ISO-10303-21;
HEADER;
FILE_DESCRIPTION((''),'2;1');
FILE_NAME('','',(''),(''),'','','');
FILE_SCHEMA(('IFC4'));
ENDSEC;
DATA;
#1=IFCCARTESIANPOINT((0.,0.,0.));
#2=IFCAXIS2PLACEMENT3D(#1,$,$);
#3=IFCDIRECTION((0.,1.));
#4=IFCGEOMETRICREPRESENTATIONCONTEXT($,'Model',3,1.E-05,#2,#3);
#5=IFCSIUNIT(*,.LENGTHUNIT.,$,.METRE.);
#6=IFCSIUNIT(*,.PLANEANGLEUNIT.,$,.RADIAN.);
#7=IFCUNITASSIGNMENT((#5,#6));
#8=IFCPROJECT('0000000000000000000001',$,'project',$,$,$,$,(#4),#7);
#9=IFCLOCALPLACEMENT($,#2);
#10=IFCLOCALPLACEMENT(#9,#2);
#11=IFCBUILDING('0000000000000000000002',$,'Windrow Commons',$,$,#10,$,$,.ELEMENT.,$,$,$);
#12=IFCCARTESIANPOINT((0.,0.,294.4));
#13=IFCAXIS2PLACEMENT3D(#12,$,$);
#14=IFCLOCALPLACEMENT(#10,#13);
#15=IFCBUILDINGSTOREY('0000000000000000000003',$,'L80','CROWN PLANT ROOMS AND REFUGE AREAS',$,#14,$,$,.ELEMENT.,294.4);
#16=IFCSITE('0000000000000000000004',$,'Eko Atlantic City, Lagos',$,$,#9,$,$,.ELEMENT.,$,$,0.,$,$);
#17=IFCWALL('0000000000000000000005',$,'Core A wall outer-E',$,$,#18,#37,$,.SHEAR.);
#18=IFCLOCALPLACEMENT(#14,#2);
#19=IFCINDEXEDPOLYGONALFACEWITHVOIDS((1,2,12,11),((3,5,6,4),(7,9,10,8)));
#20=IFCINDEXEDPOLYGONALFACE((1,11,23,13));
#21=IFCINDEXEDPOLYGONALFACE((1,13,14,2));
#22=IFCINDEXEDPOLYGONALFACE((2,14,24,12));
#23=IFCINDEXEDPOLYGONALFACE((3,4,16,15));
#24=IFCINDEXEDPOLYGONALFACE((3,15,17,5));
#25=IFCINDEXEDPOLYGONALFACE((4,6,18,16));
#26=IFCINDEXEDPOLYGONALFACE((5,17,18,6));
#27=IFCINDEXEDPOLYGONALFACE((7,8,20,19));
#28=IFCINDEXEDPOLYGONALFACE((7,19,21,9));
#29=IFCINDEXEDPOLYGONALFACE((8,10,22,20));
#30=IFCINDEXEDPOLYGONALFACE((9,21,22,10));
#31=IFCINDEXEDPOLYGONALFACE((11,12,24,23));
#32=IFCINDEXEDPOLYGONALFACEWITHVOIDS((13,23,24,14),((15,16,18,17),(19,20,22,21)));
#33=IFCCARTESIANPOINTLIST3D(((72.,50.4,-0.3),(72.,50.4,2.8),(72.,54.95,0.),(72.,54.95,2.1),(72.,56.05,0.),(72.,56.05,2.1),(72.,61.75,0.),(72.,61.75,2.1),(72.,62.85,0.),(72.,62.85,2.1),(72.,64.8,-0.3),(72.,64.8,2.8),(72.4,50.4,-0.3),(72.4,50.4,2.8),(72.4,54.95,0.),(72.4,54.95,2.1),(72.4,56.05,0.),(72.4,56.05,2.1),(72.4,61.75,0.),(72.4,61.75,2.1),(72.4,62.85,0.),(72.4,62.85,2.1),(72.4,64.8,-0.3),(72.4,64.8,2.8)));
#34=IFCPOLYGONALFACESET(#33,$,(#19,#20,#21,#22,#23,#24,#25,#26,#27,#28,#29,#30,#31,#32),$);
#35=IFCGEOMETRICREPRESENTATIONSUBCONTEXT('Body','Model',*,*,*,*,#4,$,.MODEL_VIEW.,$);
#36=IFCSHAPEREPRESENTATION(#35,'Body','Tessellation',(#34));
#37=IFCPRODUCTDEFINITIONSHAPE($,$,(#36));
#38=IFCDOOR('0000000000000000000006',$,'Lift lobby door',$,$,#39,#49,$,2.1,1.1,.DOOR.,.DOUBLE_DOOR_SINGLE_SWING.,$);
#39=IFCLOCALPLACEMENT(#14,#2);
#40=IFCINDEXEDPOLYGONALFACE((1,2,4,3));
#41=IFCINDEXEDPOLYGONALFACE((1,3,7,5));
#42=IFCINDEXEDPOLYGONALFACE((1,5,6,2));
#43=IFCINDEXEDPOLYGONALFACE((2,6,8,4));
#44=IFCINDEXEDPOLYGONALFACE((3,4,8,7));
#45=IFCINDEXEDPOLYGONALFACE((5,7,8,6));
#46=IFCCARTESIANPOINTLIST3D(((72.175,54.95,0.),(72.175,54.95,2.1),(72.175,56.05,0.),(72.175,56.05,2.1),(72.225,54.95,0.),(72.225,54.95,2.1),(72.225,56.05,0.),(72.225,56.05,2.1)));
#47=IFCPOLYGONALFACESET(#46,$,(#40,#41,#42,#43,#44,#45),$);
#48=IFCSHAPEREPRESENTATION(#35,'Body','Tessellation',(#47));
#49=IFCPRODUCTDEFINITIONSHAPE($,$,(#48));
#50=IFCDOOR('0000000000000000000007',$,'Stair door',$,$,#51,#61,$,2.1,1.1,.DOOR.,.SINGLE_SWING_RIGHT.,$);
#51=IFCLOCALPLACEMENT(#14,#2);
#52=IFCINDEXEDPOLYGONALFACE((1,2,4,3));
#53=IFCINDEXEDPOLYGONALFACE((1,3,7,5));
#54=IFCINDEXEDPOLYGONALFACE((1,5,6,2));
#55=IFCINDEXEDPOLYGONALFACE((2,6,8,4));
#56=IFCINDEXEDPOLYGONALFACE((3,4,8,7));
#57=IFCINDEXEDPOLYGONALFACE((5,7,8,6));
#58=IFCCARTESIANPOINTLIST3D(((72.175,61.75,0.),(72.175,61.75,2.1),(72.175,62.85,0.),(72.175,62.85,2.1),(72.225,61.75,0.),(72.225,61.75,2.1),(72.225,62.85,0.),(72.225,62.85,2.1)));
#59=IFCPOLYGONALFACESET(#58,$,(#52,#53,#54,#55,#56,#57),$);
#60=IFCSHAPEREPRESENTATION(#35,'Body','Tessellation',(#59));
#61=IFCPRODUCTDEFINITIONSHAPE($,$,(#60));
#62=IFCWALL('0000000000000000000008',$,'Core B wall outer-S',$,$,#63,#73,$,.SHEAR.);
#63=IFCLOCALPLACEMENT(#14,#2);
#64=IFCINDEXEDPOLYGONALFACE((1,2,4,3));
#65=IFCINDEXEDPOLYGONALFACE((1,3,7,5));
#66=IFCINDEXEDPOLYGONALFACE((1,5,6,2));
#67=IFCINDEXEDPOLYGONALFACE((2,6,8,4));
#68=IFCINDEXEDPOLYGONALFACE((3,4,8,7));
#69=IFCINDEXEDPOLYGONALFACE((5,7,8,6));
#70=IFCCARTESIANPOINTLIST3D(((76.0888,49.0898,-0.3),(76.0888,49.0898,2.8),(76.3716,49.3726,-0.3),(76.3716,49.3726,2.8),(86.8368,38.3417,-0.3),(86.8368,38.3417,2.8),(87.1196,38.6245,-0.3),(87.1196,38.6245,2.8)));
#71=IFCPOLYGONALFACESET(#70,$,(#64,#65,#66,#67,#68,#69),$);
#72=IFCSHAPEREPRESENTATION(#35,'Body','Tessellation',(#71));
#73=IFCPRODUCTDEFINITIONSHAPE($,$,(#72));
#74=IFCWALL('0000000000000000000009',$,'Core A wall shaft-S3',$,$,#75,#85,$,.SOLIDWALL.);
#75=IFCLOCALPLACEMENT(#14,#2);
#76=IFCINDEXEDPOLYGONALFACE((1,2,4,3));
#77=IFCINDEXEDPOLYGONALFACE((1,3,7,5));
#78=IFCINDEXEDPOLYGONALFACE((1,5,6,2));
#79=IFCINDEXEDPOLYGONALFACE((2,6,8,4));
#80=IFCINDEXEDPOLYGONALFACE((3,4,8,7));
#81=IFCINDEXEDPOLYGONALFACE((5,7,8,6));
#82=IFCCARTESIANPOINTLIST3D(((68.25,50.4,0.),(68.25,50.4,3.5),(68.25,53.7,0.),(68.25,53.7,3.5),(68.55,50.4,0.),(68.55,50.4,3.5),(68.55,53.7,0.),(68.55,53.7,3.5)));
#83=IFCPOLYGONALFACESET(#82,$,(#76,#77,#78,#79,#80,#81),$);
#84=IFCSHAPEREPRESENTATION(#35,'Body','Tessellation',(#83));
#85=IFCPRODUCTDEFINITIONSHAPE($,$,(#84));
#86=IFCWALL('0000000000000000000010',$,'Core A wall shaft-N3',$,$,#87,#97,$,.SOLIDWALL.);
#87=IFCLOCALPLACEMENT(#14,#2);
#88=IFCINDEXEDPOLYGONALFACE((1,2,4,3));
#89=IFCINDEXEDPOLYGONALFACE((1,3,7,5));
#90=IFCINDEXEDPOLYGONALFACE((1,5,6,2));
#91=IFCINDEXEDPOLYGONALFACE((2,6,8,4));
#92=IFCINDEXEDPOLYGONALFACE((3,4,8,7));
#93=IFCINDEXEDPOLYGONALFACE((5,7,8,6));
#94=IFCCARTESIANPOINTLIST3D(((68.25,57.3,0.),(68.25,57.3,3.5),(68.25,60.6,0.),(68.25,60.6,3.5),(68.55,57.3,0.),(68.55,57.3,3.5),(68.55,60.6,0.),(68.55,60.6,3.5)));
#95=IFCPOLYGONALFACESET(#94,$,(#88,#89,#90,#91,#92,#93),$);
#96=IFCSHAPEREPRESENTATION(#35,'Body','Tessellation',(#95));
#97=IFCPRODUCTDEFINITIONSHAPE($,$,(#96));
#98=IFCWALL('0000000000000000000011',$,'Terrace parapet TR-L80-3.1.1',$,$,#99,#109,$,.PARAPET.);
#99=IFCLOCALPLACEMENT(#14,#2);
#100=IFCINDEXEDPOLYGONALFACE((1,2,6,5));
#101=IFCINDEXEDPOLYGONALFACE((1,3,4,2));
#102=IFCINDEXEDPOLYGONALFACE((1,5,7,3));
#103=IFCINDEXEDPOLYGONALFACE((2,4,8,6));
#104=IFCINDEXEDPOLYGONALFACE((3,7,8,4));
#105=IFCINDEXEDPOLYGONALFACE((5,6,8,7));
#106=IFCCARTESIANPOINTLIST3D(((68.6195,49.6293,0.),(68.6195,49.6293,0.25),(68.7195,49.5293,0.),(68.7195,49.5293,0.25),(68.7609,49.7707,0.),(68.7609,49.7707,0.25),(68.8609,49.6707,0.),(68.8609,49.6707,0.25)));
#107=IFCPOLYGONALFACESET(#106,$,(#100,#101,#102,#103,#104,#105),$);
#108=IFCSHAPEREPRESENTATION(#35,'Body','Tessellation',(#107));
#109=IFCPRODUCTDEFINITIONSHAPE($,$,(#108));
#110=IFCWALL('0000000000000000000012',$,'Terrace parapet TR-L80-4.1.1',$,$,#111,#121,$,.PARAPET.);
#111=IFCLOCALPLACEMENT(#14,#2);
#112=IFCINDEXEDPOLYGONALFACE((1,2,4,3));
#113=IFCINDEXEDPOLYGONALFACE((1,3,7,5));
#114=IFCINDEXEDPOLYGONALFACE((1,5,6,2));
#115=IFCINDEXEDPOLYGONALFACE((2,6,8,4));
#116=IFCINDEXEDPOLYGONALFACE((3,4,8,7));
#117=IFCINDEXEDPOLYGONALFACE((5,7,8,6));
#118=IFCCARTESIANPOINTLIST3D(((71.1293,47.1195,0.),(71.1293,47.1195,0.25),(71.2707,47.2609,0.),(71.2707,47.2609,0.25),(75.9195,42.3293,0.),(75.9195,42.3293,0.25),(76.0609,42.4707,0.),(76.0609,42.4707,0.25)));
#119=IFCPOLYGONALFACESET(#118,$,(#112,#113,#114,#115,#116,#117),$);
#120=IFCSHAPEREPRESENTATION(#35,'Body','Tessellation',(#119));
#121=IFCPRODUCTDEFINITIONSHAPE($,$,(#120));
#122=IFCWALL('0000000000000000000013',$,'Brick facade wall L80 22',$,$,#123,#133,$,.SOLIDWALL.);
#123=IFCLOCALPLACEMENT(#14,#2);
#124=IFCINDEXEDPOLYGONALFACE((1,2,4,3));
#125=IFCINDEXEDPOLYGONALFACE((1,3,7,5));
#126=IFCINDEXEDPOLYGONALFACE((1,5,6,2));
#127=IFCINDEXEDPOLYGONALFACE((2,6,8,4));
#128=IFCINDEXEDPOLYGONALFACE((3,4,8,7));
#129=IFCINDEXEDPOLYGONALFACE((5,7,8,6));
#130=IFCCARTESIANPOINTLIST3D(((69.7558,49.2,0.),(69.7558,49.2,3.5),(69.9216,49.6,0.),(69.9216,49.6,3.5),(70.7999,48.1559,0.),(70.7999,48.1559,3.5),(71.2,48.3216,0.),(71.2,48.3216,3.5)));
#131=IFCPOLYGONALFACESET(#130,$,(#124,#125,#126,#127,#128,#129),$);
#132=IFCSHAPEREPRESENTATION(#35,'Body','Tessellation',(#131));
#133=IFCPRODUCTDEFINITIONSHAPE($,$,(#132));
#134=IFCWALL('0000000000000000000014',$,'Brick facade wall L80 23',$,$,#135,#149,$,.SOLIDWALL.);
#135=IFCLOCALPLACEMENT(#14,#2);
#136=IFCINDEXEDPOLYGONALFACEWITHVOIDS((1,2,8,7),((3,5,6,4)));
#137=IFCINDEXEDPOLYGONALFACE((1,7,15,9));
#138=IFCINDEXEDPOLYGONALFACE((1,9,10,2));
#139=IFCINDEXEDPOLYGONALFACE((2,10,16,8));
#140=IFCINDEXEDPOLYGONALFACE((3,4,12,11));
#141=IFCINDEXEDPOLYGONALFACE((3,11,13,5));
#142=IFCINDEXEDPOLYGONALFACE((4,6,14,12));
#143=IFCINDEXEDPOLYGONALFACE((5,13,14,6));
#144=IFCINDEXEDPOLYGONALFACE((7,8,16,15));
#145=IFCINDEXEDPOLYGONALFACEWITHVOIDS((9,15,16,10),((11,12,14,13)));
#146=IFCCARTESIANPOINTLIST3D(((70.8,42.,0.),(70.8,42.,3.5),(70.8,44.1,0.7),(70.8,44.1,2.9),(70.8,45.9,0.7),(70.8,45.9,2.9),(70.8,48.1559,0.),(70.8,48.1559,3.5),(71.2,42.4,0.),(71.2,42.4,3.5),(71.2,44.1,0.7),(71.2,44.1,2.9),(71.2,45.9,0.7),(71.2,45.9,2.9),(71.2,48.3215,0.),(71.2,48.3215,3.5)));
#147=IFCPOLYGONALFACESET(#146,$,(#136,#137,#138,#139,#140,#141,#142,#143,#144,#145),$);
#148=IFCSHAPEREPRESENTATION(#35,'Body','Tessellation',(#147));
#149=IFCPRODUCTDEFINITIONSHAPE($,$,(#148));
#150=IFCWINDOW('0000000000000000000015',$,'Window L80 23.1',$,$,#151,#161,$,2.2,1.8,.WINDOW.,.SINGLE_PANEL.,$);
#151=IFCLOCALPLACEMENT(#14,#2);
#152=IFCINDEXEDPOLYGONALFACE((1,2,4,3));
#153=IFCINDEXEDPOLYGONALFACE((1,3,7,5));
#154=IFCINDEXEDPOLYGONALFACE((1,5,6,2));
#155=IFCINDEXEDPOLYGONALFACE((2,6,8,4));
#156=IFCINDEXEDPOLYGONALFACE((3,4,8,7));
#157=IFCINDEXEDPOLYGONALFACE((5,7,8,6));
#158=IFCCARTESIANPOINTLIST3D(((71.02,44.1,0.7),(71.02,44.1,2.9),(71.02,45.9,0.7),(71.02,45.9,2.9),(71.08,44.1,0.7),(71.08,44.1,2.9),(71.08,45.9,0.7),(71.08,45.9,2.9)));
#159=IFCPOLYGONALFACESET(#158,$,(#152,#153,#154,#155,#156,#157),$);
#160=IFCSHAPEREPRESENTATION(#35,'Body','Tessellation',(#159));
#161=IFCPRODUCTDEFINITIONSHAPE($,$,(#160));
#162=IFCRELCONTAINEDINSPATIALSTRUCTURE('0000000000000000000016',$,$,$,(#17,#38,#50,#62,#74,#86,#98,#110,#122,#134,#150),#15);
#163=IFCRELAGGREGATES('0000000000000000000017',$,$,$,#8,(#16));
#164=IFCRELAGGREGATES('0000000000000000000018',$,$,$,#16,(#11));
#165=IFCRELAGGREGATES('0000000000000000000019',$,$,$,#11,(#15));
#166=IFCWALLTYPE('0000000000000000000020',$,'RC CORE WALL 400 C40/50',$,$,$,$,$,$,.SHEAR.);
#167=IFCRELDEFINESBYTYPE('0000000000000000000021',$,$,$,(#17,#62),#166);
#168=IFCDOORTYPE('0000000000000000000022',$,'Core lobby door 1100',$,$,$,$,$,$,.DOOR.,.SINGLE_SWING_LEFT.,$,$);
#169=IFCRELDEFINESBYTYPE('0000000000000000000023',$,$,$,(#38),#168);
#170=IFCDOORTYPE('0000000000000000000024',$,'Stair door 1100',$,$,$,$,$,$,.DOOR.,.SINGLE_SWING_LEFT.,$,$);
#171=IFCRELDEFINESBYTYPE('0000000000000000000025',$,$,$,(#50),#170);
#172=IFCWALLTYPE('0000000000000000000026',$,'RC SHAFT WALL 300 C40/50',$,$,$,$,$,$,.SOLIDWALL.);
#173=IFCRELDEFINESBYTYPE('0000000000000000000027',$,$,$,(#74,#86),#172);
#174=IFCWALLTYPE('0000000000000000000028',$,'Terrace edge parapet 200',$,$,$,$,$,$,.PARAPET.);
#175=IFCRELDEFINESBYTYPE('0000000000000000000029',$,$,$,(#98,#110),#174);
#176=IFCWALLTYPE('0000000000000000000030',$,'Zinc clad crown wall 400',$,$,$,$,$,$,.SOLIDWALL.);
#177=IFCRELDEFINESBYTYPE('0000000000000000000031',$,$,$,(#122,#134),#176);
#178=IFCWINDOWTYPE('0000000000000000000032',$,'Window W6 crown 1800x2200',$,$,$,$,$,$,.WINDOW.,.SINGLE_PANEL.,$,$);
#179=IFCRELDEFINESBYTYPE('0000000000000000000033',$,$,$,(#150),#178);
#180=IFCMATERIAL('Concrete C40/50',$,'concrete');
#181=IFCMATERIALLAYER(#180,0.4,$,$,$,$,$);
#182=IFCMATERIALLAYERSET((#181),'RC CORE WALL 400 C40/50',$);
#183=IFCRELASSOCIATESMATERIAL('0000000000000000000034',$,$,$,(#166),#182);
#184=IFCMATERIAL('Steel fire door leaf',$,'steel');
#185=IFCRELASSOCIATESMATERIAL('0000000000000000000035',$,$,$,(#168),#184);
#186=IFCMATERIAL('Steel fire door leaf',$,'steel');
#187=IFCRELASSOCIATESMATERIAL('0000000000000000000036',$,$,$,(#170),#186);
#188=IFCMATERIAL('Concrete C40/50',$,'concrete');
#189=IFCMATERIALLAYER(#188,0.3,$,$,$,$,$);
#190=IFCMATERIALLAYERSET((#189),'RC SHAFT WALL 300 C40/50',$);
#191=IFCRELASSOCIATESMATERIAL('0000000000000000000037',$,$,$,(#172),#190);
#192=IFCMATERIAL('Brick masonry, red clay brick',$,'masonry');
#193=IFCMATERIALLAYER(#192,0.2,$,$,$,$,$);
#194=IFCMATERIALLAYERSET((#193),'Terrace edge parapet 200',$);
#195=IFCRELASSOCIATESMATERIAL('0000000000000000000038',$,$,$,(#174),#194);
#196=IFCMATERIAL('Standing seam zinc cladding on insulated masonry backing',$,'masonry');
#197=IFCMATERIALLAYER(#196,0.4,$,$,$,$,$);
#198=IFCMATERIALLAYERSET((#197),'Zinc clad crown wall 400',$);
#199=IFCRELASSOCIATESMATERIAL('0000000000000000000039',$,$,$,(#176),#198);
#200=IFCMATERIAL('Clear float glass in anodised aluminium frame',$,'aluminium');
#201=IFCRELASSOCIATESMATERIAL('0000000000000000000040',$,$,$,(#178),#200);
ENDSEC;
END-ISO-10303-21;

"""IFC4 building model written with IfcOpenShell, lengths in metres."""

from ifc_helpers import new_model, si_unit, direction, frame, frame_2d, origin, place, context, subcontext, project, spatial, polyline, rectangle, outline, extrude, material, layer, layer_set, type_object, element, fill, save


model = new_model("IFC4")

# Units and contexts
model_context = context("Model", 3, precision=1e-05, world=origin(), true_north=direction((0.0, 1.0)))
body_context = subcontext(model_context, "Body", "Model", "MODEL_VIEW")
ifc_project = project(units=[si_unit("LENGTHUNIT", "METRE"), si_unit("PLANEANGLEUNIT", "RADIAN")], contexts=[model_context])

# Site, building, storey
site_placement = place(None, origin())
site = spatial("IfcSite", under=ifc_project, at=site_placement, Name="Eko Atlantic City, Lagos", CompositionType="ELEMENT", RefElevation=0.0)
building_placement = place(site_placement, origin())
building = spatial("IfcBuilding", under=site, at=building_placement, Name="Windrow Commons", CompositionType="ELEMENT")
storey_placement = place(building_placement, frame((0.0, 0.0, 294.4)))
storey = spatial("IfcBuildingStorey", under=building, at=storey_placement, Name="L80", Description="CROWN PLANT ROOMS AND REFUGE AREAS", CompositionType="ELEMENT", Elevation=294.4)

# Wall, openings, doors
ifc_material_1 = material(Name="Concrete C40/50", Category="concrete")
ifc_layer_1 = layer(ifc_material_1, 0.4)
ifc_layer_set_1 = layer_set([ifc_layer_1], Name="RC CORE WALL 400 C40/50")
wall_type_1 = type_object("IfcWallType", Name="RC CORE WALL 400 C40/50", PredefinedType="SHEAR", material=ifc_layer_set_1)
wall_1_placement = place(storey_placement, frame((72.2, 50.4, -0.3), z_axis=(0.0, 0.0, 1.0), x_axis=(0.0, 1.0, 0.0)))
wall_1 = element("IfcWall", 1, at=wall_1_placement, inside=storey, type_object=wall_type_1, Name="Core A wall outer-E", PredefinedType="SHEAR", context=body_context, shape_type="SweptSolid", body=[
    extrude(outline(polyline([(0.0, 0.0), (14.4, 0.0), (14.4, 3.1), (0.0, 3.1), (0.0, 0.0)])), frame((0.0, 0.2, 0.0), z_axis=(0.0, -1.0, 0.0), x_axis=(1.0, 0.0, 0.0)), (0.0, 0.0, 1.0), 0.4),
])
opening_1_placement = place(wall_1_placement, frame((4.55, 0.0, 0.3)))
opening_1 = element("IfcOpeningElement", 2, at=opening_1_placement, cuts=wall_1, PredefinedType="OPENING", context=body_context, shape_type="SweptSolid", body=[
    extrude(rectangle(XDim=1.1, YDim=2.1, at=frame_2d((0.55, 1.05))), frame((0.0, 0.21, 0.0), z_axis=(0.0, -1.0, 0.0), x_axis=(1.0, 0.0, 0.0)), (0.0, 0.0, 1.0), 0.42),
])
opening_2_placement = place(wall_1_placement, frame((11.35, 0.0, 0.3)))
opening_2 = element("IfcOpeningElement", 3, at=opening_2_placement, cuts=wall_1, PredefinedType="OPENING", context=body_context, shape_type="SweptSolid", body=[
    extrude(rectangle(XDim=1.1, YDim=2.1, at=frame_2d((0.55, 1.05))), frame((0.0, 0.21, 0.0), z_axis=(0.0, -1.0, 0.0), x_axis=(1.0, 0.0, 0.0)), (0.0, 0.0, 1.0), 0.42),
])
ifc_material_2 = material(Name="Steel fire door leaf", Category="steel")
door_type_1 = type_object("IfcDoorType", Name="Core lobby door 1100", OperationType="SINGLE_SWING_LEFT", PredefinedType="DOOR", material=ifc_material_2)
door_1_placement = place(opening_1_placement, origin())
door_1 = element("IfcDoor", 4, at=door_1_placement, inside=storey, type_object=door_type_1, Name="Lift lobby door", OperationType="DOUBLE_DOOR_SINGLE_SWING", OverallHeight=2.1, OverallWidth=1.1, PredefinedType="DOOR", context=body_context, shape_type="SweptSolid", body=[
    extrude(rectangle(XDim=1.1, YDim=2.1, at=frame_2d((0.55, 1.05))), frame((0.0, 0.025, 0.0), z_axis=(0.0, -1.0, 0.0), x_axis=(1.0, 0.0, 0.0)), (0.0, 0.0, 1.0), 0.05),
])
fill(opening_1, door_1)
ifc_material_3 = material(Name="Steel fire door leaf", Category="steel")
door_type_2 = type_object("IfcDoorType", Name="Stair door 1100", OperationType="SINGLE_SWING_LEFT", PredefinedType="DOOR", material=ifc_material_3)
door_2_placement = place(opening_2_placement, origin())
door_2 = element("IfcDoor", 5, at=door_2_placement, inside=storey, type_object=door_type_2, Name="Stair door", OperationType="SINGLE_SWING_RIGHT", OverallHeight=2.1, OverallWidth=1.1, PredefinedType="DOOR", context=body_context, shape_type="SweptSolid", body=[
    extrude(rectangle(XDim=1.1, YDim=2.1, at=frame_2d((0.55, 1.05))), frame((0.0, 0.025, 0.0), z_axis=(0.0, -1.0, 0.0), x_axis=(1.0, 0.0, 0.0)), (0.0, 0.0, 1.0), 0.05),
])
fill(opening_2, door_2)

# Walls
wall_2_placement = place(storey_placement, frame((76.2302, 49.2312, -0.3), z_axis=(0.0, 0.0, 1.0), x_axis=(0.707103, -0.70711, 0.0)))
element("IfcWall", 6, at=wall_2_placement, inside=storey, type_object=wall_type_1, Name="Core B wall outer-S", PredefinedType="SHEAR", context=body_context, shape_type="SweptSolid", body=[
    extrude(outline(polyline([(0.0, 0.0), (15.2, 0.0), (15.2, 3.1), (0.0, 3.1), (0.0, 0.0)])), frame((0.0, 0.2, 0.0), z_axis=(0.0, -1.0, 0.0), x_axis=(1.0, 0.0, 0.0)), (0.0, 0.0, 1.0), 0.4),
])
ifc_material_4 = material(Name="Concrete C40/50", Category="concrete")
ifc_layer_2 = layer(ifc_material_4, 0.3)
ifc_layer_set_2 = layer_set([ifc_layer_2], Name="RC SHAFT WALL 300 C40/50")
wall_type_2 = type_object("IfcWallType", Name="RC SHAFT WALL 300 C40/50", PredefinedType="SOLIDWALL", material=ifc_layer_set_2)
for number, where, z_axis, x_axis, name in (
    (7, (68.4, 50.4, 0.0), (0.0, 0.0, 1.0), (0.0, 1.0, 0.0), "Core A wall shaft-S3"),
    (8, (68.4, 57.3, 0.0), (0.0, 0.0, 1.0), (0.0, 1.0, 0.0), "Core A wall shaft-N3"),
):
    element("IfcWall", number, at=place(storey_placement, frame(where, z_axis=z_axis, x_axis=x_axis)), inside=storey, type_object=wall_type_2, Name=name, PredefinedType="SOLIDWALL", context=body_context, shape_type="SweptSolid", body=[
        extrude(outline(polyline([(0.0, 0.0), (3.3, 0.0), (3.3, 3.5), (0.0, 3.5), (0.0, 0.0)])), frame((0.0, 0.15, 0.0), z_axis=(0.0, -1.0, 0.0), x_axis=(1.0, 0.0, 0.0)), (0.0, 0.0, 1.0), 0.3),
    ])
ifc_material_5 = material(Name="Brick masonry, red clay brick", Category="masonry")
ifc_layer_3 = layer(ifc_material_5, 0.2)
ifc_layer_set_3 = layer_set([ifc_layer_3], Name="Terrace edge parapet 200")
wall_type_3 = type_object("IfcWallType", Name="Terrace edge parapet 200", PredefinedType="PARAPET", material=ifc_layer_set_3)
wall_3_placement = place(storey_placement, frame((68.7902, 49.6, 0.0), z_axis=(0.0, 0.0, 1.0), x_axis=(-0.707107, 0.707107, 0.0)))
element("IfcWall", 9, at=wall_3_placement, inside=storey, type_object=wall_type_3, Name="Terrace parapet TR-L80-3.1.1", PredefinedType="PARAPET", context=body_context, shape_type="SweptSolid", body=[
    extrude(outline(polyline([(0.0, -0.1), (0.1414, -0.1), (0.1414, 0.1), (0.0, 0.1), (0.0, -0.1)])), origin(), (0.0, 0.0, 1.0), 0.25),
])
wall_4_placement = place(storey_placement, frame((75.9902, 42.4, 0.0), z_axis=(0.0, 0.0, 1.0), x_axis=(-0.707107, 0.707107, 0.0)))
element("IfcWall", 10, at=wall_4_placement, inside=storey, type_object=wall_type_3, Name="Terrace parapet TR-L80-4.1.1", PredefinedType="PARAPET", context=body_context, shape_type="SweptSolid", body=[
    extrude(outline(polyline([(0.0, -0.1), (6.7744, -0.1), (6.7744, 0.1), (0.0, 0.1), (0.0, -0.1)])), origin(), (0.0, 0.0, 1.0), 0.25),
])
ifc_material_6 = material(Name="Standing seam zinc cladding on insulated masonry backing", Category="masonry")
ifc_layer_4 = layer(ifc_material_6, 0.4)
ifc_layer_set_4 = layer_set([ifc_layer_4], Name="Zinc clad crown wall 400")
wall_type_4 = type_object("IfcWallType", Name="Zinc clad crown wall 400", PredefinedType="SOLIDWALL", material=ifc_layer_set_4)
wall_5_placement = place(storey_placement, frame((69.8387, 49.4, 0.0), z_axis=(0.0, 0.0, 1.0), x_axis=(0.707107, -0.707107, 0.0)))
element("IfcWall", 11, at=wall_5_placement, inside=storey, type_object=wall_type_4, Name="Brick facade wall L80 22", PredefinedType="SOLIDWALL", context=body_context, shape_type="SweptSolid", body=[
    extrude(outline(polyline([(0.0828, -0.2), (1.5594, -0.2), (1.7251, 0.2), (-0.0828, 0.2), (0.0828, -0.2)])), origin(), (0.0, 0.0, 1.0), 3.5),
])

# Wall, opening, window
wall_6_placement = place(storey_placement, frame((71.0, 48.2387, 0.0), z_axis=(0.0, 0.0, 1.0), x_axis=(0.0, -1.0, 0.0)))
wall_6 = element("IfcWall", 12, at=wall_6_placement, inside=storey, type_object=wall_type_4, Name="Brick facade wall L80 23", PredefinedType="SOLIDWALL", context=body_context, shape_type="SweptSolid", body=[
    extrude(outline(polyline([(0.0828, -0.2), (6.2387, -0.2), (5.8387, 0.2), (-0.0828, 0.2), (0.0828, -0.2)])), origin(), (0.0, 0.0, 1.0), 3.5),
])
opening_3_placement = place(wall_6_placement, frame((2.3387, 0.0, 0.7)))
opening_3 = element("IfcOpeningElement", 13, at=opening_3_placement, cuts=wall_6, PredefinedType="OPENING", context=body_context, shape_type="SweptSolid", body=[
    extrude(rectangle(XDim=1.8, YDim=2.2, at=frame_2d((0.9, 1.1))), frame((0.0, 0.21, 0.0), z_axis=(0.0, -1.0, 0.0), x_axis=(1.0, 0.0, 0.0)), (0.0, 0.0, 1.0), 0.42),
])
ifc_material_7 = material(Name="Clear float glass in anodised aluminium frame", Category="aluminium")
window_type = type_object("IfcWindowType", Name="Window W6 crown 1800x2200", PartitioningType="SINGLE_PANEL", PredefinedType="WINDOW", material=ifc_material_7)
window_1_placement = place(opening_3_placement, origin())
window_1 = element("IfcWindow", 14, at=window_1_placement, inside=storey, type_object=window_type, Name="Window L80 23.1", OverallHeight=2.2, OverallWidth=1.8, PartitioningType="SINGLE_PANEL", PredefinedType="WINDOW", context=body_context, shape_type="SweptSolid", body=[
    extrude(rectangle(XDim=1.8, YDim=2.2, at=frame_2d((0.9, 1.1))), frame((0.0, 0.08, 0.0), z_axis=(0.0, -1.0, 0.0), x_axis=(1.0, 0.0, 0.0)), (0.0, 0.0, 1.0), 0.06),
])
fill(opening_3, window_1)

save(model, "model.ifc")
